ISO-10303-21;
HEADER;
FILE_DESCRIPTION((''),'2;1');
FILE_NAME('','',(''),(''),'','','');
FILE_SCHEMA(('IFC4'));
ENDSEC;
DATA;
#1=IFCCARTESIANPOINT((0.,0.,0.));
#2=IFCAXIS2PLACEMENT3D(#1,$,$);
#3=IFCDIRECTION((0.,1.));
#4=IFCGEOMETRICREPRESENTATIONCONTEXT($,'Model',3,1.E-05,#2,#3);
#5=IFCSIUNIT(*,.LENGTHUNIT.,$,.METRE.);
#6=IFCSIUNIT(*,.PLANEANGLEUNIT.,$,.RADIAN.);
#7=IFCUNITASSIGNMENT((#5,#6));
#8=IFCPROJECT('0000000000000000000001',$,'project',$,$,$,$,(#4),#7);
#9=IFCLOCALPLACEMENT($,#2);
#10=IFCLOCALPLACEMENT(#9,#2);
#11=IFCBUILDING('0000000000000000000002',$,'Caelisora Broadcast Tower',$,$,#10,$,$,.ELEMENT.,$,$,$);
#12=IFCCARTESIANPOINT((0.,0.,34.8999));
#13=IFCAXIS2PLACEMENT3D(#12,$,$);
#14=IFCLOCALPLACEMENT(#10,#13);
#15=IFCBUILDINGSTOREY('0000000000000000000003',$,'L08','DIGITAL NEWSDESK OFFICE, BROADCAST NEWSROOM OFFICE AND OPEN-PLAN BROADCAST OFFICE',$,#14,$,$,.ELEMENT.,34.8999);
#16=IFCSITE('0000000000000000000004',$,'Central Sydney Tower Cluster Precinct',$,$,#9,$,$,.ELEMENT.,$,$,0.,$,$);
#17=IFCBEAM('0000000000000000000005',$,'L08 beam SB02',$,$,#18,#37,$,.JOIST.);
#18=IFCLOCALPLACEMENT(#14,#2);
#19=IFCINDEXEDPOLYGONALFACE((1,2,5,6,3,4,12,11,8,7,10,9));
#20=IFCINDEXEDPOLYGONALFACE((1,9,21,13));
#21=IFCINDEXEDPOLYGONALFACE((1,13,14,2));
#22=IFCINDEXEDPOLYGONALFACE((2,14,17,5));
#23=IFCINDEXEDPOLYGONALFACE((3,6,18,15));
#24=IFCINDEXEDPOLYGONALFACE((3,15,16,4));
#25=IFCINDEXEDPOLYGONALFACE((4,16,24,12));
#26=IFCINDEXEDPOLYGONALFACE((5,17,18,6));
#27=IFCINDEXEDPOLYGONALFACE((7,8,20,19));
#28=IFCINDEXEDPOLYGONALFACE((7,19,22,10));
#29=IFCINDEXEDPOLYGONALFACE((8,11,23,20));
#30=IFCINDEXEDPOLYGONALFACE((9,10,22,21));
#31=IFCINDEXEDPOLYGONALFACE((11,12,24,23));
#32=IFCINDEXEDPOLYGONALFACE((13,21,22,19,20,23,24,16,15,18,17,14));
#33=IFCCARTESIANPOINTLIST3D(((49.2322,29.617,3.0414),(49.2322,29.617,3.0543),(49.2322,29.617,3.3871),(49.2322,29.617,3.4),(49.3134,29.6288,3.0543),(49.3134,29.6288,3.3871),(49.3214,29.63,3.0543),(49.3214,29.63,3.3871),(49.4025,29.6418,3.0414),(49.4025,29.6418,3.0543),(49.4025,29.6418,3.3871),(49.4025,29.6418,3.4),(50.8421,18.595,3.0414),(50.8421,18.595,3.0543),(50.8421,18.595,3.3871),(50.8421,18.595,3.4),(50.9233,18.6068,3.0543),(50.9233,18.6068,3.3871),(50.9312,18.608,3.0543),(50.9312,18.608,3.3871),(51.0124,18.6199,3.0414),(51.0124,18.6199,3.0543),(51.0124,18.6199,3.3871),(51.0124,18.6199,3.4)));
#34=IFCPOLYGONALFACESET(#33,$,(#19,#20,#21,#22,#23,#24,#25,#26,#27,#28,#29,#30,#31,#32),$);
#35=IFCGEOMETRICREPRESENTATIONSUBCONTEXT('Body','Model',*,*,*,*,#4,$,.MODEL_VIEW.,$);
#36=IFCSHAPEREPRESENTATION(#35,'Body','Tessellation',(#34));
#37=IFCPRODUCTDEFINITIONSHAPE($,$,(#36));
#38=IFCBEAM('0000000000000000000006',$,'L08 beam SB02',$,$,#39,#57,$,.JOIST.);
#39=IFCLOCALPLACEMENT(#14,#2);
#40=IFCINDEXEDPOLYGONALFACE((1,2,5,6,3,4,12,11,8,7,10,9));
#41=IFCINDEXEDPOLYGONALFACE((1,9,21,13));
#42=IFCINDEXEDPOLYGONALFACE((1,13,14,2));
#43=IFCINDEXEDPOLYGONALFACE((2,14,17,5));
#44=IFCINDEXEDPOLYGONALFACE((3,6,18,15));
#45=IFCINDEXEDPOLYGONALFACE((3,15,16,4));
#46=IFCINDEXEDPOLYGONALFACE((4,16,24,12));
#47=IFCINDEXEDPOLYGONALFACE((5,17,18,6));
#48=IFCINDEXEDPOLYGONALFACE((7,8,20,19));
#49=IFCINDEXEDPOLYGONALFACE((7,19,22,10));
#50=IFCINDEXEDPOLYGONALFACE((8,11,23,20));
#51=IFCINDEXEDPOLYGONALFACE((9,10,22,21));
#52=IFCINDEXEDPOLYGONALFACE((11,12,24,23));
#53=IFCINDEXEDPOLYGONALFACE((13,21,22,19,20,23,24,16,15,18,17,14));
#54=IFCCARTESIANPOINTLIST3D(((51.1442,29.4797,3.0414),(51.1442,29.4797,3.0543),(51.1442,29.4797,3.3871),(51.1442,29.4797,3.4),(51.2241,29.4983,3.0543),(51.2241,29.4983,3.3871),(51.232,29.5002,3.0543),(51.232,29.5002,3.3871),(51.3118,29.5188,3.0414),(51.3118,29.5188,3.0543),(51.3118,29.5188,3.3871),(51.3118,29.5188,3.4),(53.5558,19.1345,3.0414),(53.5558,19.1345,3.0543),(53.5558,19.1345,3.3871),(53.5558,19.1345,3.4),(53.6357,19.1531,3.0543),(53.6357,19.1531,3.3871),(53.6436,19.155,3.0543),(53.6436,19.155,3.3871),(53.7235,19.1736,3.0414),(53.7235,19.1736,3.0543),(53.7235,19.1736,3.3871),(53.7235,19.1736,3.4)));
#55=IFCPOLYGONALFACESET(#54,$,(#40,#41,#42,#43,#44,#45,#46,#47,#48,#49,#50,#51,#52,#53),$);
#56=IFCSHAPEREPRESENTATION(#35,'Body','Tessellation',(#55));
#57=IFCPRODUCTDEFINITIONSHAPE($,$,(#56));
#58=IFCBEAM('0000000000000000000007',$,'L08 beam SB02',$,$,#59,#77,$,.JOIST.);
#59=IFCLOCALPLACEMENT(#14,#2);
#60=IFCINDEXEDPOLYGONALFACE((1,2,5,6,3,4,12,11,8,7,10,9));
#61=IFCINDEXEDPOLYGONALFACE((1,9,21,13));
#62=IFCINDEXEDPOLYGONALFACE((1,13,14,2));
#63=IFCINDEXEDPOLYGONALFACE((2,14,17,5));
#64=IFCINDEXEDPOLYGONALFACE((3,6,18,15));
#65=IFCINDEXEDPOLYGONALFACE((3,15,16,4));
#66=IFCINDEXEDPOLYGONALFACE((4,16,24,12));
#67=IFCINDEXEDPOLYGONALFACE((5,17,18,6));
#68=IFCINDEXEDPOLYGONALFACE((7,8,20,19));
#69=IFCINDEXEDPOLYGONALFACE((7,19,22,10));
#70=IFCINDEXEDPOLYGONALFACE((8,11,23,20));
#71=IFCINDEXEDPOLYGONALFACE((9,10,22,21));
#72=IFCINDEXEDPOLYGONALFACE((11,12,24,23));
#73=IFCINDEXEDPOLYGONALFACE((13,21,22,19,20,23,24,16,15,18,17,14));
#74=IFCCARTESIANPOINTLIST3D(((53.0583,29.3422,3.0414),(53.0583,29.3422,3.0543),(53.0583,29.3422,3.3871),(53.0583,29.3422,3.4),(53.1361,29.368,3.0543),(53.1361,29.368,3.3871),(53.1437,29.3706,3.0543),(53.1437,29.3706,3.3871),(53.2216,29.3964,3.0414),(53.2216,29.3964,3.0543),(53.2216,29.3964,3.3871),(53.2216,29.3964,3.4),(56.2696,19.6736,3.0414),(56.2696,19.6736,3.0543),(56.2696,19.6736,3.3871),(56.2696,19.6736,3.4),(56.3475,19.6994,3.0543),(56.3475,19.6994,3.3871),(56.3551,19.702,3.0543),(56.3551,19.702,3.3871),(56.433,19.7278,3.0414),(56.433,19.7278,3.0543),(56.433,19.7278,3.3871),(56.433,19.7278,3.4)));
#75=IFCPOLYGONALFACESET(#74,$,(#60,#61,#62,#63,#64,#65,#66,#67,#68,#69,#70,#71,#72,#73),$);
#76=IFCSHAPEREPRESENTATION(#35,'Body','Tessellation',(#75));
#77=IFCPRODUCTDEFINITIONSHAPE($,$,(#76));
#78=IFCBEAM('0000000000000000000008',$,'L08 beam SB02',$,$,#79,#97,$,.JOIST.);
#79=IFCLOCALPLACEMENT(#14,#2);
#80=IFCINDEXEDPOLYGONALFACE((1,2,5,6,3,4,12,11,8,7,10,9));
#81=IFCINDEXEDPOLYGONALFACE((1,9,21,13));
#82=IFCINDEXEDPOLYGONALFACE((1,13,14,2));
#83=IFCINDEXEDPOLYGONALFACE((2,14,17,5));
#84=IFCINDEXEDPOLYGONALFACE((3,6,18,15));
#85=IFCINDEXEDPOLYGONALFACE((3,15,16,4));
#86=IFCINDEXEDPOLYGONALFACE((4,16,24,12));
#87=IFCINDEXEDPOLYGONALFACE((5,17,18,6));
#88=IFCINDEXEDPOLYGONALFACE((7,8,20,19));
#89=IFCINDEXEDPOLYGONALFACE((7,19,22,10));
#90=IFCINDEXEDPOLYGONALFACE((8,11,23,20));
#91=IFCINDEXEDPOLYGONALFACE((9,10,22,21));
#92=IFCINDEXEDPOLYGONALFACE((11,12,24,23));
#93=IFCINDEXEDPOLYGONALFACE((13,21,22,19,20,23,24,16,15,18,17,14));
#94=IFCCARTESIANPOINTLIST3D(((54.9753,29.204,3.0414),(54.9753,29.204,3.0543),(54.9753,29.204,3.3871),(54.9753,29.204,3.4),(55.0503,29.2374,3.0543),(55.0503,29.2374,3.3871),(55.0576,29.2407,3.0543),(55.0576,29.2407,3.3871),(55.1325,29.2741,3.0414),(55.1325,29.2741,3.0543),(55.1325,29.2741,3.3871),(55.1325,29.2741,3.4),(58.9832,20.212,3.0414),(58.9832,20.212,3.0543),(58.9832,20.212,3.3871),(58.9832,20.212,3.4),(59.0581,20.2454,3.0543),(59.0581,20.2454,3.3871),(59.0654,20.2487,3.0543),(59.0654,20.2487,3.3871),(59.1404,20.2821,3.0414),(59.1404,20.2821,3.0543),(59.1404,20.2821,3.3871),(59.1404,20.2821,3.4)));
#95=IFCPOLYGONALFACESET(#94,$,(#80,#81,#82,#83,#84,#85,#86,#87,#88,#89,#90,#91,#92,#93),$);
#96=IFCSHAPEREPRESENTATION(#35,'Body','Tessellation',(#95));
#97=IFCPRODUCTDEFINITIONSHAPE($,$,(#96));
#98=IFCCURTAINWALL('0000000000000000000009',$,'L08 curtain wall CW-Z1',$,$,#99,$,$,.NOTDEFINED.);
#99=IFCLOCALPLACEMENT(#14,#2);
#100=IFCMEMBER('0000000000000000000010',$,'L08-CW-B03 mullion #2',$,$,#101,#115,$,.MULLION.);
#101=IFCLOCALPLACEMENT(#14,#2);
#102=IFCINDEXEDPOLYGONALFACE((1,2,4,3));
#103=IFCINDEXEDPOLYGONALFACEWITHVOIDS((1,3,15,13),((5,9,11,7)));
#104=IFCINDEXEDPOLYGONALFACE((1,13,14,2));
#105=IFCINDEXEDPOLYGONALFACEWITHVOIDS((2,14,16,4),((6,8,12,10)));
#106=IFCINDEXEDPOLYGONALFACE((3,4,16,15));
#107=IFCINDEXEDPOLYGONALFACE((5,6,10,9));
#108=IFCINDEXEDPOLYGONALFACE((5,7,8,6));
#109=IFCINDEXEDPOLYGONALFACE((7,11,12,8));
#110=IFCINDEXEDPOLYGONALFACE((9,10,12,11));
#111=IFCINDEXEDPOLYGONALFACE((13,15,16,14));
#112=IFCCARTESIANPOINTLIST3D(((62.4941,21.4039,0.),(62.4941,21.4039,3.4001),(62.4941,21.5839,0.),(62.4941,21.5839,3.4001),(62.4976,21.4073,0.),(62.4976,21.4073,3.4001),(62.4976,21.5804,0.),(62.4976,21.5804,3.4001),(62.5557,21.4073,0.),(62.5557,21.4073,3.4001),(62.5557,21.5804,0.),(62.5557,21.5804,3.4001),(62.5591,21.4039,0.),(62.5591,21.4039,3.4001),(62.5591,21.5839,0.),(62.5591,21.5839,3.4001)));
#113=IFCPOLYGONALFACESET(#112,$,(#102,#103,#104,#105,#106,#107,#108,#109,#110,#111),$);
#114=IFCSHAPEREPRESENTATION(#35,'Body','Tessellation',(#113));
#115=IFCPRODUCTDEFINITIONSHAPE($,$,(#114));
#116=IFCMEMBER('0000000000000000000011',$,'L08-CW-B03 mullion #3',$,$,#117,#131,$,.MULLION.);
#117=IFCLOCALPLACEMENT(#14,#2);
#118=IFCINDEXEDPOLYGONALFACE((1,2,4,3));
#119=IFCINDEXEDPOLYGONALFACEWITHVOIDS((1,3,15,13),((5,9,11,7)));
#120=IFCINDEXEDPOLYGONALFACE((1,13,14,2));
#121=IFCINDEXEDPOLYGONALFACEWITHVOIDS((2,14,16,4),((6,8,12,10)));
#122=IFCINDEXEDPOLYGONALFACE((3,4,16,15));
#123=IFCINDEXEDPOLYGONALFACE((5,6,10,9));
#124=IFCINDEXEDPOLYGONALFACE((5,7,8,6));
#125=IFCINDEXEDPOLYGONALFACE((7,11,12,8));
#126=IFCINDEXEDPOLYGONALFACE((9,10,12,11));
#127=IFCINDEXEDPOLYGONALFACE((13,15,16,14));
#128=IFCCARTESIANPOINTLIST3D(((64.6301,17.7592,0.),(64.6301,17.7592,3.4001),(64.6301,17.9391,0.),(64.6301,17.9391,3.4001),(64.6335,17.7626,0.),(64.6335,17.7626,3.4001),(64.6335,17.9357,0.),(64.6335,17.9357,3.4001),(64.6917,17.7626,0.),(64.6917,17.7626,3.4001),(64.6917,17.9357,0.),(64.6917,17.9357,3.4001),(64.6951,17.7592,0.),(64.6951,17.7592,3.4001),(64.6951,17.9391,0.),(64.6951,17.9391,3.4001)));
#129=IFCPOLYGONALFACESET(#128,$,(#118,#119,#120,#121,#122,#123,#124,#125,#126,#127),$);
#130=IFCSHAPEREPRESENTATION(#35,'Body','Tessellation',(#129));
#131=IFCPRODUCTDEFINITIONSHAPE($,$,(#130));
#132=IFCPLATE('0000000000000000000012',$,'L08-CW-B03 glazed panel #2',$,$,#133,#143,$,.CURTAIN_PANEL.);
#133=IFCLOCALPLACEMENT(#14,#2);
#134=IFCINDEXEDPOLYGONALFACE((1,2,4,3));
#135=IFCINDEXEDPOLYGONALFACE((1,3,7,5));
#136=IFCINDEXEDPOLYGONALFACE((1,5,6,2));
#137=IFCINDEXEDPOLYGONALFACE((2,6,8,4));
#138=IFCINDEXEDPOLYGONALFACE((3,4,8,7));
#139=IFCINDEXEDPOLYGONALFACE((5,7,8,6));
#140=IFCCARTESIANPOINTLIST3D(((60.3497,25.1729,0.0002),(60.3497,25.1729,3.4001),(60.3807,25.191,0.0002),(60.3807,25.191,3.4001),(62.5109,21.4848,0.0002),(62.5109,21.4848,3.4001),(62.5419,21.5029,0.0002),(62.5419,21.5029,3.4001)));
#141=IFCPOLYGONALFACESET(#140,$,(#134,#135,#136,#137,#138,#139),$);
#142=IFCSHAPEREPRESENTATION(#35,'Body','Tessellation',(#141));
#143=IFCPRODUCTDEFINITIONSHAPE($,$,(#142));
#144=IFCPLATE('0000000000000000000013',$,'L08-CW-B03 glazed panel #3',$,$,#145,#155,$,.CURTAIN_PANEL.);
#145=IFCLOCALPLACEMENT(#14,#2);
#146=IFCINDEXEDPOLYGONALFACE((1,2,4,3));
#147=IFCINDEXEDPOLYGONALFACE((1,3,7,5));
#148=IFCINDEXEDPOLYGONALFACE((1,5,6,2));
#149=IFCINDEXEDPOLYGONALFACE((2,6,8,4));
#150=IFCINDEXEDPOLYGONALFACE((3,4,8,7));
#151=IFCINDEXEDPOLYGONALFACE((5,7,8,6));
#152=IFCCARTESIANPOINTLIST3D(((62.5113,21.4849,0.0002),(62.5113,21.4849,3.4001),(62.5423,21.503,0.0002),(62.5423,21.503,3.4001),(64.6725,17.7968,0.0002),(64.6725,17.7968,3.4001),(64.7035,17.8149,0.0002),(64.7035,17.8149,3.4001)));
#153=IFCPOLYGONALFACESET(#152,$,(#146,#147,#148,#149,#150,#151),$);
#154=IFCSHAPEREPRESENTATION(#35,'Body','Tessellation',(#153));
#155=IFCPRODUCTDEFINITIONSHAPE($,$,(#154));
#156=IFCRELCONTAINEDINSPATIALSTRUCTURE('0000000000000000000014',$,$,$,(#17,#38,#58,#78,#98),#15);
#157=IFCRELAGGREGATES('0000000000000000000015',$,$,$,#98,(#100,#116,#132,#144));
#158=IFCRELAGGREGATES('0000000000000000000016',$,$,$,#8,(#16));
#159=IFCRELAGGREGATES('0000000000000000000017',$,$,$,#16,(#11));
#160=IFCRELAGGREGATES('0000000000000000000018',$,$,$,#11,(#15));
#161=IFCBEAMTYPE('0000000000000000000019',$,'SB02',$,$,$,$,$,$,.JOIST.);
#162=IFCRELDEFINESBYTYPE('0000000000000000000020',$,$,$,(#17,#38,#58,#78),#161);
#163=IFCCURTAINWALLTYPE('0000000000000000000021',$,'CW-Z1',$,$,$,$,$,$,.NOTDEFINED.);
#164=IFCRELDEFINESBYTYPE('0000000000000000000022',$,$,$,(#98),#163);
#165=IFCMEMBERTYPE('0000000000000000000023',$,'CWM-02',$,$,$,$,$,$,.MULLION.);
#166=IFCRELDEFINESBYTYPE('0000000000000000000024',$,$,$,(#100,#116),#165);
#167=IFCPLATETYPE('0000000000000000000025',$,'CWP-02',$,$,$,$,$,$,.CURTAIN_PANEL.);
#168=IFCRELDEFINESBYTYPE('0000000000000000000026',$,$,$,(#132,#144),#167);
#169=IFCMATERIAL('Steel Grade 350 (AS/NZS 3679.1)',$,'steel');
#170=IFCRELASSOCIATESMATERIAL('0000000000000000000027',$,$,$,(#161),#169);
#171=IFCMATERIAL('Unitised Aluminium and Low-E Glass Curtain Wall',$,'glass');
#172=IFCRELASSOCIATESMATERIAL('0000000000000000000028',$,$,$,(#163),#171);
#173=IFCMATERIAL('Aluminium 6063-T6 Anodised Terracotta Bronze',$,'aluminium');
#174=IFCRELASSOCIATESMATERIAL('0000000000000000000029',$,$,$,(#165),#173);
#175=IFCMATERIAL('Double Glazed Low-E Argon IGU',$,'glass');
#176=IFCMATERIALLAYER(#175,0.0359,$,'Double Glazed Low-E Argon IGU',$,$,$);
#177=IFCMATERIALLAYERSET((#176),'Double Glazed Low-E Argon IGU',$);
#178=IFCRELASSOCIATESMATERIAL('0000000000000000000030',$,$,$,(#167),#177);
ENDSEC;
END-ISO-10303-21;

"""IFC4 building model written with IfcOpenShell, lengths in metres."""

from ifc_helpers import new_model, si_unit, direction, frame, origin, origin_2d, place, context, subcontext, project, spatial, rectangle, hollow_rectangle, i_section, extrude, source, transform, mapped, material, layer, layer_set, material_profile, profile_set, type_object, type_shapes, element, aggregate, save


model = new_model("IFC4")

# Units and contexts
model_context = context("Model", 3, precision=1e-05, world=origin(), true_north=direction((0.0, 1.0)))
body_context = subcontext(model_context, "Body", "Model", "MODEL_VIEW")
ifc_project = project(units=[si_unit("LENGTHUNIT", "METRE"), si_unit("PLANEANGLEUNIT", "RADIAN")], contexts=[model_context])

# Site, building, storey
site_placement = place(None, origin())
site = spatial("IfcSite", under=ifc_project, at=site_placement, Name="Central Sydney Tower Cluster Precinct", CompositionType="ELEMENT", RefElevation=0.0)
building_placement = place(site_placement, origin())
building = spatial("IfcBuilding", under=site, at=building_placement, Name="Caelisora Broadcast Tower", CompositionType="ELEMENT")
storey_placement = place(building_placement, frame((0.0, 0.0, 34.8999)))
storey = spatial("IfcBuildingStorey", under=building, at=storey_placement, Name="L08", Description="DIGITAL NEWSDESK OFFICE, BROADCAST NEWSROOM OFFICE AND OPEN-PLAN BROADCAST OFFICE", CompositionType="ELEMENT", Elevation=34.8999)

# Beams
ifc_material_1 = material(Name="Steel Grade 350 (AS/NZS 3679.1)", Category="steel")
ifc_material_profile_1 = material_profile(ifc_material_1, i_section(OverallWidth=0.1721, OverallDepth=0.3586, WebThickness=0.0081, FlangeThickness=0.0129, at=origin_2d()), Name="Steel Grade 350 (AS/NZS 3679.1)")
ifc_profile_set_1 = profile_set([ifc_material_profile_1], Name="Steel Grade 350 (AS/NZS 3679.1)")
beam_type_1 = type_object("IfcBeamType", Name="SB02", PredefinedType="JOIST", material=ifc_profile_set_1)
shared_shape_1 = source(origin(), body_context, "Body", "SweptSolid", [
    extrude(i_section(OverallWidth=0.1721, OverallDepth=0.3586, WebThickness=0.0081, FlangeThickness=0.0129, at=origin_2d()), origin(), (0.0, 0.0, 1.0), 11.1389),
])
beam_1_placement = place(storey_placement, frame((50.9272, 18.6074, 3.2207), z_axis=(-0.144526, 0.989501, 0.0), x_axis=(-0.989501, -0.144526, 0.0)))
element("IfcBeam", 1, at=beam_1_placement, inside=storey, type_object=beam_type_1, Name="L08 beam SB02", PredefinedType="JOIST", context=body_context, shape_type="MappedRepresentation", body=[
    mapped(shared_shape_1, transform((0.0, 0.0, 0.0), scale=1.0)),
])
shared_shape_2 = source(origin(), body_context, "Body", "SweptSolid", [
    extrude(i_section(OverallWidth=0.1721, OverallDepth=0.3586, WebThickness=0.0081, FlangeThickness=0.0129, at=origin_2d()), origin(), (0.0, 0.0, 1.0), 10.6226),
])
beam_2_placement = place(storey_placement, frame((53.6396, 19.1541, 3.2207), z_axis=(-0.227028, 0.973888, 0.0), x_axis=(-0.973888, -0.227028, 0.0)))
element("IfcBeam", 2, at=beam_2_placement, inside=storey, type_object=beam_type_1, Name="L08 beam SB02", PredefinedType="JOIST", context=body_context, shape_type="MappedRepresentation", body=[
    mapped(shared_shape_2, transform((0.0, 0.0, 0.0), scale=1.0)),
])
shared_shape_3 = source(origin(), body_context, "Body", "SweptSolid", [
    extrude(i_section(OverallWidth=0.1721, OverallDepth=0.3586, WebThickness=0.0081, FlangeThickness=0.0129, at=origin_2d()), origin(), (0.0, 0.0, 1.0), 10.188),
])
beam_3_placement = place(storey_placement, frame((56.3513, 19.7007, 3.2207), z_axis=(-0.315214, 0.949021, 0.0), x_axis=(-0.949021, -0.315214, 0.0)))
element("IfcBeam", 3, at=beam_3_placement, inside=storey, type_object=beam_type_1, Name="L08 beam SB02", PredefinedType="JOIST", context=body_context, shape_type="MappedRepresentation", body=[
    mapped(shared_shape_3, transform((0.0, 0.0, 0.0), scale=1.0)),
])
shared_shape_4 = source(origin(), body_context, "Body", "SweptSolid", [
    extrude(i_section(OverallWidth=0.1721, OverallDepth=0.3586, WebThickness=0.0081, FlangeThickness=0.0129, at=origin_2d()), origin(), (0.0, 0.0, 1.0), 9.8447),
])
beam_4_placement = place(storey_placement, frame((59.0618, 20.2471, 3.2207), z_axis=(-0.407105, 0.913382, 0.0), x_axis=(-0.913382, -0.407105, 0.0)))
element("IfcBeam", 4, at=beam_4_placement, inside=storey, type_object=beam_type_1, Name="L08 beam SB02", PredefinedType="JOIST", context=body_context, shape_type="MappedRepresentation", body=[
    mapped(shared_shape_4, transform((0.0, 0.0, 0.0), scale=1.0)),
])

# Curtain wall, members, plates
ifc_material_2 = material(Name="Unitised Aluminium and Low-E Glass Curtain Wall", Category="glass")
curtain_wall_type = type_object("IfcCurtainWallType", Name="CW-Z1", PredefinedType="NOTDEFINED", material=ifc_material_2)
curtain_wall_placement = place(storey_placement, origin())
curtain_wall = element("IfcCurtainWall", 5, at=curtain_wall_placement, inside=storey, type_object=curtain_wall_type, Name="L08 curtain wall CW-Z1", PredefinedType="NOTDEFINED")
ifc_material_3 = material(Name="Aluminium 6063-T6 Anodised Terracotta Bronze", Category="aluminium")
ifc_material_profile_2 = material_profile(ifc_material_3, hollow_rectangle(XDim=0.0649, YDim=0.1799, WallThickness=0.0034, at=origin_2d()), Name="Aluminium 6063-T6 Anodised Terracotta Bronze")
ifc_profile_set_2 = profile_set([ifc_material_profile_2], Name="Aluminium 6063-T6 Anodised Terracotta Bronze")
member_type = type_object("IfcMemberType", Name="CWM-02", PredefinedType="MULLION", material=ifc_profile_set_2)
shared_shape_5 = source(origin(), body_context, "Body", "SweptSolid", [
    extrude(hollow_rectangle(XDim=0.0649, YDim=0.1799, WallThickness=0.0034, at=origin_2d()), origin(), (0.0, 0.0, 1.0), 3.4001),
])
type_shapes(member_type, [shared_shape_5])
member_1_placement = place(storey_placement, frame((62.5266, 21.4939, 0.0), z_axis=(0.0, 0.0, 1.0), x_axis=(1.0, 0.0, 0.0)))
member_1 = element("IfcMember", 6, at=member_1_placement, type_object=member_type, Name="L08-CW-B03 mullion #2", PredefinedType="MULLION", context=body_context, shape_type="MappedRepresentation", body=[
    mapped(shared_shape_5, transform((0.0, 0.0, 0.0), scale=1.0)),
])
member_2_placement = place(storey_placement, frame((64.6626, 17.8491, 0.0), z_axis=(0.0, 0.0, 1.0), x_axis=(1.0, 0.0, 0.0)))
member_2 = element("IfcMember", 7, at=member_2_placement, type_object=member_type, Name="L08-CW-B03 mullion #3", PredefinedType="MULLION", context=body_context, shape_type="MappedRepresentation", body=[
    mapped(shared_shape_5, transform((0.0, 0.0, 0.0), scale=1.0)),
])
ifc_material_4 = material(Name="Double Glazed Low-E Argon IGU", Category="glass")
ifc_layer_1 = layer(ifc_material_4, 0.0359, Name="Double Glazed Low-E Argon IGU")
ifc_layer_set_1 = layer_set([ifc_layer_1], Name="Double Glazed Low-E Argon IGU")
plate_type = type_object("IfcPlateType", Name="CWP-02", PredefinedType="CURTAIN_PANEL", material=ifc_layer_set_1)
shared_shape_6 = source(origin(), body_context, "Body", "SweptSolid", [
    extrude(rectangle(XDim=4.2747, YDim=0.0359, at=origin_2d()), origin(), (0.0, 0.0, 1.0), 3.3999),
])
type_shapes(plate_type, [shared_shape_6])
plate_1_placement = place(storey_placement, frame((61.4458, 23.3379, 0.0002), z_axis=(0.0, 0.0, 1.0), x_axis=(0.505582, -0.862779, 0.0)))
plate_1 = element("IfcPlate", 8, at=plate_1_placement, type_object=plate_type, Name="L08-CW-B03 glazed panel #2", PredefinedType="CURTAIN_PANEL", context=body_context, shape_type="MappedRepresentation", body=[
    mapped(shared_shape_6, transform((0.0, 0.0, 0.0), scale=1.0)),
])
plate_2_placement = place(storey_placement, frame((63.6074, 19.6499, 0.0002), z_axis=(0.0, 0.0, 1.0), x_axis=(0.505582, -0.862779, 0.0)))
plate_2 = element("IfcPlate", 9, at=plate_2_placement, type_object=plate_type, Name="L08-CW-B03 glazed panel #3", PredefinedType="CURTAIN_PANEL", context=body_context, shape_type="MappedRepresentation", body=[
    mapped(shared_shape_6, transform((0.0, 0.0, 0.0), scale=1.0)),
])
aggregate(curtain_wall, [member_1, member_2, plate_1, plate_2])

save(model, "model.ifc")
